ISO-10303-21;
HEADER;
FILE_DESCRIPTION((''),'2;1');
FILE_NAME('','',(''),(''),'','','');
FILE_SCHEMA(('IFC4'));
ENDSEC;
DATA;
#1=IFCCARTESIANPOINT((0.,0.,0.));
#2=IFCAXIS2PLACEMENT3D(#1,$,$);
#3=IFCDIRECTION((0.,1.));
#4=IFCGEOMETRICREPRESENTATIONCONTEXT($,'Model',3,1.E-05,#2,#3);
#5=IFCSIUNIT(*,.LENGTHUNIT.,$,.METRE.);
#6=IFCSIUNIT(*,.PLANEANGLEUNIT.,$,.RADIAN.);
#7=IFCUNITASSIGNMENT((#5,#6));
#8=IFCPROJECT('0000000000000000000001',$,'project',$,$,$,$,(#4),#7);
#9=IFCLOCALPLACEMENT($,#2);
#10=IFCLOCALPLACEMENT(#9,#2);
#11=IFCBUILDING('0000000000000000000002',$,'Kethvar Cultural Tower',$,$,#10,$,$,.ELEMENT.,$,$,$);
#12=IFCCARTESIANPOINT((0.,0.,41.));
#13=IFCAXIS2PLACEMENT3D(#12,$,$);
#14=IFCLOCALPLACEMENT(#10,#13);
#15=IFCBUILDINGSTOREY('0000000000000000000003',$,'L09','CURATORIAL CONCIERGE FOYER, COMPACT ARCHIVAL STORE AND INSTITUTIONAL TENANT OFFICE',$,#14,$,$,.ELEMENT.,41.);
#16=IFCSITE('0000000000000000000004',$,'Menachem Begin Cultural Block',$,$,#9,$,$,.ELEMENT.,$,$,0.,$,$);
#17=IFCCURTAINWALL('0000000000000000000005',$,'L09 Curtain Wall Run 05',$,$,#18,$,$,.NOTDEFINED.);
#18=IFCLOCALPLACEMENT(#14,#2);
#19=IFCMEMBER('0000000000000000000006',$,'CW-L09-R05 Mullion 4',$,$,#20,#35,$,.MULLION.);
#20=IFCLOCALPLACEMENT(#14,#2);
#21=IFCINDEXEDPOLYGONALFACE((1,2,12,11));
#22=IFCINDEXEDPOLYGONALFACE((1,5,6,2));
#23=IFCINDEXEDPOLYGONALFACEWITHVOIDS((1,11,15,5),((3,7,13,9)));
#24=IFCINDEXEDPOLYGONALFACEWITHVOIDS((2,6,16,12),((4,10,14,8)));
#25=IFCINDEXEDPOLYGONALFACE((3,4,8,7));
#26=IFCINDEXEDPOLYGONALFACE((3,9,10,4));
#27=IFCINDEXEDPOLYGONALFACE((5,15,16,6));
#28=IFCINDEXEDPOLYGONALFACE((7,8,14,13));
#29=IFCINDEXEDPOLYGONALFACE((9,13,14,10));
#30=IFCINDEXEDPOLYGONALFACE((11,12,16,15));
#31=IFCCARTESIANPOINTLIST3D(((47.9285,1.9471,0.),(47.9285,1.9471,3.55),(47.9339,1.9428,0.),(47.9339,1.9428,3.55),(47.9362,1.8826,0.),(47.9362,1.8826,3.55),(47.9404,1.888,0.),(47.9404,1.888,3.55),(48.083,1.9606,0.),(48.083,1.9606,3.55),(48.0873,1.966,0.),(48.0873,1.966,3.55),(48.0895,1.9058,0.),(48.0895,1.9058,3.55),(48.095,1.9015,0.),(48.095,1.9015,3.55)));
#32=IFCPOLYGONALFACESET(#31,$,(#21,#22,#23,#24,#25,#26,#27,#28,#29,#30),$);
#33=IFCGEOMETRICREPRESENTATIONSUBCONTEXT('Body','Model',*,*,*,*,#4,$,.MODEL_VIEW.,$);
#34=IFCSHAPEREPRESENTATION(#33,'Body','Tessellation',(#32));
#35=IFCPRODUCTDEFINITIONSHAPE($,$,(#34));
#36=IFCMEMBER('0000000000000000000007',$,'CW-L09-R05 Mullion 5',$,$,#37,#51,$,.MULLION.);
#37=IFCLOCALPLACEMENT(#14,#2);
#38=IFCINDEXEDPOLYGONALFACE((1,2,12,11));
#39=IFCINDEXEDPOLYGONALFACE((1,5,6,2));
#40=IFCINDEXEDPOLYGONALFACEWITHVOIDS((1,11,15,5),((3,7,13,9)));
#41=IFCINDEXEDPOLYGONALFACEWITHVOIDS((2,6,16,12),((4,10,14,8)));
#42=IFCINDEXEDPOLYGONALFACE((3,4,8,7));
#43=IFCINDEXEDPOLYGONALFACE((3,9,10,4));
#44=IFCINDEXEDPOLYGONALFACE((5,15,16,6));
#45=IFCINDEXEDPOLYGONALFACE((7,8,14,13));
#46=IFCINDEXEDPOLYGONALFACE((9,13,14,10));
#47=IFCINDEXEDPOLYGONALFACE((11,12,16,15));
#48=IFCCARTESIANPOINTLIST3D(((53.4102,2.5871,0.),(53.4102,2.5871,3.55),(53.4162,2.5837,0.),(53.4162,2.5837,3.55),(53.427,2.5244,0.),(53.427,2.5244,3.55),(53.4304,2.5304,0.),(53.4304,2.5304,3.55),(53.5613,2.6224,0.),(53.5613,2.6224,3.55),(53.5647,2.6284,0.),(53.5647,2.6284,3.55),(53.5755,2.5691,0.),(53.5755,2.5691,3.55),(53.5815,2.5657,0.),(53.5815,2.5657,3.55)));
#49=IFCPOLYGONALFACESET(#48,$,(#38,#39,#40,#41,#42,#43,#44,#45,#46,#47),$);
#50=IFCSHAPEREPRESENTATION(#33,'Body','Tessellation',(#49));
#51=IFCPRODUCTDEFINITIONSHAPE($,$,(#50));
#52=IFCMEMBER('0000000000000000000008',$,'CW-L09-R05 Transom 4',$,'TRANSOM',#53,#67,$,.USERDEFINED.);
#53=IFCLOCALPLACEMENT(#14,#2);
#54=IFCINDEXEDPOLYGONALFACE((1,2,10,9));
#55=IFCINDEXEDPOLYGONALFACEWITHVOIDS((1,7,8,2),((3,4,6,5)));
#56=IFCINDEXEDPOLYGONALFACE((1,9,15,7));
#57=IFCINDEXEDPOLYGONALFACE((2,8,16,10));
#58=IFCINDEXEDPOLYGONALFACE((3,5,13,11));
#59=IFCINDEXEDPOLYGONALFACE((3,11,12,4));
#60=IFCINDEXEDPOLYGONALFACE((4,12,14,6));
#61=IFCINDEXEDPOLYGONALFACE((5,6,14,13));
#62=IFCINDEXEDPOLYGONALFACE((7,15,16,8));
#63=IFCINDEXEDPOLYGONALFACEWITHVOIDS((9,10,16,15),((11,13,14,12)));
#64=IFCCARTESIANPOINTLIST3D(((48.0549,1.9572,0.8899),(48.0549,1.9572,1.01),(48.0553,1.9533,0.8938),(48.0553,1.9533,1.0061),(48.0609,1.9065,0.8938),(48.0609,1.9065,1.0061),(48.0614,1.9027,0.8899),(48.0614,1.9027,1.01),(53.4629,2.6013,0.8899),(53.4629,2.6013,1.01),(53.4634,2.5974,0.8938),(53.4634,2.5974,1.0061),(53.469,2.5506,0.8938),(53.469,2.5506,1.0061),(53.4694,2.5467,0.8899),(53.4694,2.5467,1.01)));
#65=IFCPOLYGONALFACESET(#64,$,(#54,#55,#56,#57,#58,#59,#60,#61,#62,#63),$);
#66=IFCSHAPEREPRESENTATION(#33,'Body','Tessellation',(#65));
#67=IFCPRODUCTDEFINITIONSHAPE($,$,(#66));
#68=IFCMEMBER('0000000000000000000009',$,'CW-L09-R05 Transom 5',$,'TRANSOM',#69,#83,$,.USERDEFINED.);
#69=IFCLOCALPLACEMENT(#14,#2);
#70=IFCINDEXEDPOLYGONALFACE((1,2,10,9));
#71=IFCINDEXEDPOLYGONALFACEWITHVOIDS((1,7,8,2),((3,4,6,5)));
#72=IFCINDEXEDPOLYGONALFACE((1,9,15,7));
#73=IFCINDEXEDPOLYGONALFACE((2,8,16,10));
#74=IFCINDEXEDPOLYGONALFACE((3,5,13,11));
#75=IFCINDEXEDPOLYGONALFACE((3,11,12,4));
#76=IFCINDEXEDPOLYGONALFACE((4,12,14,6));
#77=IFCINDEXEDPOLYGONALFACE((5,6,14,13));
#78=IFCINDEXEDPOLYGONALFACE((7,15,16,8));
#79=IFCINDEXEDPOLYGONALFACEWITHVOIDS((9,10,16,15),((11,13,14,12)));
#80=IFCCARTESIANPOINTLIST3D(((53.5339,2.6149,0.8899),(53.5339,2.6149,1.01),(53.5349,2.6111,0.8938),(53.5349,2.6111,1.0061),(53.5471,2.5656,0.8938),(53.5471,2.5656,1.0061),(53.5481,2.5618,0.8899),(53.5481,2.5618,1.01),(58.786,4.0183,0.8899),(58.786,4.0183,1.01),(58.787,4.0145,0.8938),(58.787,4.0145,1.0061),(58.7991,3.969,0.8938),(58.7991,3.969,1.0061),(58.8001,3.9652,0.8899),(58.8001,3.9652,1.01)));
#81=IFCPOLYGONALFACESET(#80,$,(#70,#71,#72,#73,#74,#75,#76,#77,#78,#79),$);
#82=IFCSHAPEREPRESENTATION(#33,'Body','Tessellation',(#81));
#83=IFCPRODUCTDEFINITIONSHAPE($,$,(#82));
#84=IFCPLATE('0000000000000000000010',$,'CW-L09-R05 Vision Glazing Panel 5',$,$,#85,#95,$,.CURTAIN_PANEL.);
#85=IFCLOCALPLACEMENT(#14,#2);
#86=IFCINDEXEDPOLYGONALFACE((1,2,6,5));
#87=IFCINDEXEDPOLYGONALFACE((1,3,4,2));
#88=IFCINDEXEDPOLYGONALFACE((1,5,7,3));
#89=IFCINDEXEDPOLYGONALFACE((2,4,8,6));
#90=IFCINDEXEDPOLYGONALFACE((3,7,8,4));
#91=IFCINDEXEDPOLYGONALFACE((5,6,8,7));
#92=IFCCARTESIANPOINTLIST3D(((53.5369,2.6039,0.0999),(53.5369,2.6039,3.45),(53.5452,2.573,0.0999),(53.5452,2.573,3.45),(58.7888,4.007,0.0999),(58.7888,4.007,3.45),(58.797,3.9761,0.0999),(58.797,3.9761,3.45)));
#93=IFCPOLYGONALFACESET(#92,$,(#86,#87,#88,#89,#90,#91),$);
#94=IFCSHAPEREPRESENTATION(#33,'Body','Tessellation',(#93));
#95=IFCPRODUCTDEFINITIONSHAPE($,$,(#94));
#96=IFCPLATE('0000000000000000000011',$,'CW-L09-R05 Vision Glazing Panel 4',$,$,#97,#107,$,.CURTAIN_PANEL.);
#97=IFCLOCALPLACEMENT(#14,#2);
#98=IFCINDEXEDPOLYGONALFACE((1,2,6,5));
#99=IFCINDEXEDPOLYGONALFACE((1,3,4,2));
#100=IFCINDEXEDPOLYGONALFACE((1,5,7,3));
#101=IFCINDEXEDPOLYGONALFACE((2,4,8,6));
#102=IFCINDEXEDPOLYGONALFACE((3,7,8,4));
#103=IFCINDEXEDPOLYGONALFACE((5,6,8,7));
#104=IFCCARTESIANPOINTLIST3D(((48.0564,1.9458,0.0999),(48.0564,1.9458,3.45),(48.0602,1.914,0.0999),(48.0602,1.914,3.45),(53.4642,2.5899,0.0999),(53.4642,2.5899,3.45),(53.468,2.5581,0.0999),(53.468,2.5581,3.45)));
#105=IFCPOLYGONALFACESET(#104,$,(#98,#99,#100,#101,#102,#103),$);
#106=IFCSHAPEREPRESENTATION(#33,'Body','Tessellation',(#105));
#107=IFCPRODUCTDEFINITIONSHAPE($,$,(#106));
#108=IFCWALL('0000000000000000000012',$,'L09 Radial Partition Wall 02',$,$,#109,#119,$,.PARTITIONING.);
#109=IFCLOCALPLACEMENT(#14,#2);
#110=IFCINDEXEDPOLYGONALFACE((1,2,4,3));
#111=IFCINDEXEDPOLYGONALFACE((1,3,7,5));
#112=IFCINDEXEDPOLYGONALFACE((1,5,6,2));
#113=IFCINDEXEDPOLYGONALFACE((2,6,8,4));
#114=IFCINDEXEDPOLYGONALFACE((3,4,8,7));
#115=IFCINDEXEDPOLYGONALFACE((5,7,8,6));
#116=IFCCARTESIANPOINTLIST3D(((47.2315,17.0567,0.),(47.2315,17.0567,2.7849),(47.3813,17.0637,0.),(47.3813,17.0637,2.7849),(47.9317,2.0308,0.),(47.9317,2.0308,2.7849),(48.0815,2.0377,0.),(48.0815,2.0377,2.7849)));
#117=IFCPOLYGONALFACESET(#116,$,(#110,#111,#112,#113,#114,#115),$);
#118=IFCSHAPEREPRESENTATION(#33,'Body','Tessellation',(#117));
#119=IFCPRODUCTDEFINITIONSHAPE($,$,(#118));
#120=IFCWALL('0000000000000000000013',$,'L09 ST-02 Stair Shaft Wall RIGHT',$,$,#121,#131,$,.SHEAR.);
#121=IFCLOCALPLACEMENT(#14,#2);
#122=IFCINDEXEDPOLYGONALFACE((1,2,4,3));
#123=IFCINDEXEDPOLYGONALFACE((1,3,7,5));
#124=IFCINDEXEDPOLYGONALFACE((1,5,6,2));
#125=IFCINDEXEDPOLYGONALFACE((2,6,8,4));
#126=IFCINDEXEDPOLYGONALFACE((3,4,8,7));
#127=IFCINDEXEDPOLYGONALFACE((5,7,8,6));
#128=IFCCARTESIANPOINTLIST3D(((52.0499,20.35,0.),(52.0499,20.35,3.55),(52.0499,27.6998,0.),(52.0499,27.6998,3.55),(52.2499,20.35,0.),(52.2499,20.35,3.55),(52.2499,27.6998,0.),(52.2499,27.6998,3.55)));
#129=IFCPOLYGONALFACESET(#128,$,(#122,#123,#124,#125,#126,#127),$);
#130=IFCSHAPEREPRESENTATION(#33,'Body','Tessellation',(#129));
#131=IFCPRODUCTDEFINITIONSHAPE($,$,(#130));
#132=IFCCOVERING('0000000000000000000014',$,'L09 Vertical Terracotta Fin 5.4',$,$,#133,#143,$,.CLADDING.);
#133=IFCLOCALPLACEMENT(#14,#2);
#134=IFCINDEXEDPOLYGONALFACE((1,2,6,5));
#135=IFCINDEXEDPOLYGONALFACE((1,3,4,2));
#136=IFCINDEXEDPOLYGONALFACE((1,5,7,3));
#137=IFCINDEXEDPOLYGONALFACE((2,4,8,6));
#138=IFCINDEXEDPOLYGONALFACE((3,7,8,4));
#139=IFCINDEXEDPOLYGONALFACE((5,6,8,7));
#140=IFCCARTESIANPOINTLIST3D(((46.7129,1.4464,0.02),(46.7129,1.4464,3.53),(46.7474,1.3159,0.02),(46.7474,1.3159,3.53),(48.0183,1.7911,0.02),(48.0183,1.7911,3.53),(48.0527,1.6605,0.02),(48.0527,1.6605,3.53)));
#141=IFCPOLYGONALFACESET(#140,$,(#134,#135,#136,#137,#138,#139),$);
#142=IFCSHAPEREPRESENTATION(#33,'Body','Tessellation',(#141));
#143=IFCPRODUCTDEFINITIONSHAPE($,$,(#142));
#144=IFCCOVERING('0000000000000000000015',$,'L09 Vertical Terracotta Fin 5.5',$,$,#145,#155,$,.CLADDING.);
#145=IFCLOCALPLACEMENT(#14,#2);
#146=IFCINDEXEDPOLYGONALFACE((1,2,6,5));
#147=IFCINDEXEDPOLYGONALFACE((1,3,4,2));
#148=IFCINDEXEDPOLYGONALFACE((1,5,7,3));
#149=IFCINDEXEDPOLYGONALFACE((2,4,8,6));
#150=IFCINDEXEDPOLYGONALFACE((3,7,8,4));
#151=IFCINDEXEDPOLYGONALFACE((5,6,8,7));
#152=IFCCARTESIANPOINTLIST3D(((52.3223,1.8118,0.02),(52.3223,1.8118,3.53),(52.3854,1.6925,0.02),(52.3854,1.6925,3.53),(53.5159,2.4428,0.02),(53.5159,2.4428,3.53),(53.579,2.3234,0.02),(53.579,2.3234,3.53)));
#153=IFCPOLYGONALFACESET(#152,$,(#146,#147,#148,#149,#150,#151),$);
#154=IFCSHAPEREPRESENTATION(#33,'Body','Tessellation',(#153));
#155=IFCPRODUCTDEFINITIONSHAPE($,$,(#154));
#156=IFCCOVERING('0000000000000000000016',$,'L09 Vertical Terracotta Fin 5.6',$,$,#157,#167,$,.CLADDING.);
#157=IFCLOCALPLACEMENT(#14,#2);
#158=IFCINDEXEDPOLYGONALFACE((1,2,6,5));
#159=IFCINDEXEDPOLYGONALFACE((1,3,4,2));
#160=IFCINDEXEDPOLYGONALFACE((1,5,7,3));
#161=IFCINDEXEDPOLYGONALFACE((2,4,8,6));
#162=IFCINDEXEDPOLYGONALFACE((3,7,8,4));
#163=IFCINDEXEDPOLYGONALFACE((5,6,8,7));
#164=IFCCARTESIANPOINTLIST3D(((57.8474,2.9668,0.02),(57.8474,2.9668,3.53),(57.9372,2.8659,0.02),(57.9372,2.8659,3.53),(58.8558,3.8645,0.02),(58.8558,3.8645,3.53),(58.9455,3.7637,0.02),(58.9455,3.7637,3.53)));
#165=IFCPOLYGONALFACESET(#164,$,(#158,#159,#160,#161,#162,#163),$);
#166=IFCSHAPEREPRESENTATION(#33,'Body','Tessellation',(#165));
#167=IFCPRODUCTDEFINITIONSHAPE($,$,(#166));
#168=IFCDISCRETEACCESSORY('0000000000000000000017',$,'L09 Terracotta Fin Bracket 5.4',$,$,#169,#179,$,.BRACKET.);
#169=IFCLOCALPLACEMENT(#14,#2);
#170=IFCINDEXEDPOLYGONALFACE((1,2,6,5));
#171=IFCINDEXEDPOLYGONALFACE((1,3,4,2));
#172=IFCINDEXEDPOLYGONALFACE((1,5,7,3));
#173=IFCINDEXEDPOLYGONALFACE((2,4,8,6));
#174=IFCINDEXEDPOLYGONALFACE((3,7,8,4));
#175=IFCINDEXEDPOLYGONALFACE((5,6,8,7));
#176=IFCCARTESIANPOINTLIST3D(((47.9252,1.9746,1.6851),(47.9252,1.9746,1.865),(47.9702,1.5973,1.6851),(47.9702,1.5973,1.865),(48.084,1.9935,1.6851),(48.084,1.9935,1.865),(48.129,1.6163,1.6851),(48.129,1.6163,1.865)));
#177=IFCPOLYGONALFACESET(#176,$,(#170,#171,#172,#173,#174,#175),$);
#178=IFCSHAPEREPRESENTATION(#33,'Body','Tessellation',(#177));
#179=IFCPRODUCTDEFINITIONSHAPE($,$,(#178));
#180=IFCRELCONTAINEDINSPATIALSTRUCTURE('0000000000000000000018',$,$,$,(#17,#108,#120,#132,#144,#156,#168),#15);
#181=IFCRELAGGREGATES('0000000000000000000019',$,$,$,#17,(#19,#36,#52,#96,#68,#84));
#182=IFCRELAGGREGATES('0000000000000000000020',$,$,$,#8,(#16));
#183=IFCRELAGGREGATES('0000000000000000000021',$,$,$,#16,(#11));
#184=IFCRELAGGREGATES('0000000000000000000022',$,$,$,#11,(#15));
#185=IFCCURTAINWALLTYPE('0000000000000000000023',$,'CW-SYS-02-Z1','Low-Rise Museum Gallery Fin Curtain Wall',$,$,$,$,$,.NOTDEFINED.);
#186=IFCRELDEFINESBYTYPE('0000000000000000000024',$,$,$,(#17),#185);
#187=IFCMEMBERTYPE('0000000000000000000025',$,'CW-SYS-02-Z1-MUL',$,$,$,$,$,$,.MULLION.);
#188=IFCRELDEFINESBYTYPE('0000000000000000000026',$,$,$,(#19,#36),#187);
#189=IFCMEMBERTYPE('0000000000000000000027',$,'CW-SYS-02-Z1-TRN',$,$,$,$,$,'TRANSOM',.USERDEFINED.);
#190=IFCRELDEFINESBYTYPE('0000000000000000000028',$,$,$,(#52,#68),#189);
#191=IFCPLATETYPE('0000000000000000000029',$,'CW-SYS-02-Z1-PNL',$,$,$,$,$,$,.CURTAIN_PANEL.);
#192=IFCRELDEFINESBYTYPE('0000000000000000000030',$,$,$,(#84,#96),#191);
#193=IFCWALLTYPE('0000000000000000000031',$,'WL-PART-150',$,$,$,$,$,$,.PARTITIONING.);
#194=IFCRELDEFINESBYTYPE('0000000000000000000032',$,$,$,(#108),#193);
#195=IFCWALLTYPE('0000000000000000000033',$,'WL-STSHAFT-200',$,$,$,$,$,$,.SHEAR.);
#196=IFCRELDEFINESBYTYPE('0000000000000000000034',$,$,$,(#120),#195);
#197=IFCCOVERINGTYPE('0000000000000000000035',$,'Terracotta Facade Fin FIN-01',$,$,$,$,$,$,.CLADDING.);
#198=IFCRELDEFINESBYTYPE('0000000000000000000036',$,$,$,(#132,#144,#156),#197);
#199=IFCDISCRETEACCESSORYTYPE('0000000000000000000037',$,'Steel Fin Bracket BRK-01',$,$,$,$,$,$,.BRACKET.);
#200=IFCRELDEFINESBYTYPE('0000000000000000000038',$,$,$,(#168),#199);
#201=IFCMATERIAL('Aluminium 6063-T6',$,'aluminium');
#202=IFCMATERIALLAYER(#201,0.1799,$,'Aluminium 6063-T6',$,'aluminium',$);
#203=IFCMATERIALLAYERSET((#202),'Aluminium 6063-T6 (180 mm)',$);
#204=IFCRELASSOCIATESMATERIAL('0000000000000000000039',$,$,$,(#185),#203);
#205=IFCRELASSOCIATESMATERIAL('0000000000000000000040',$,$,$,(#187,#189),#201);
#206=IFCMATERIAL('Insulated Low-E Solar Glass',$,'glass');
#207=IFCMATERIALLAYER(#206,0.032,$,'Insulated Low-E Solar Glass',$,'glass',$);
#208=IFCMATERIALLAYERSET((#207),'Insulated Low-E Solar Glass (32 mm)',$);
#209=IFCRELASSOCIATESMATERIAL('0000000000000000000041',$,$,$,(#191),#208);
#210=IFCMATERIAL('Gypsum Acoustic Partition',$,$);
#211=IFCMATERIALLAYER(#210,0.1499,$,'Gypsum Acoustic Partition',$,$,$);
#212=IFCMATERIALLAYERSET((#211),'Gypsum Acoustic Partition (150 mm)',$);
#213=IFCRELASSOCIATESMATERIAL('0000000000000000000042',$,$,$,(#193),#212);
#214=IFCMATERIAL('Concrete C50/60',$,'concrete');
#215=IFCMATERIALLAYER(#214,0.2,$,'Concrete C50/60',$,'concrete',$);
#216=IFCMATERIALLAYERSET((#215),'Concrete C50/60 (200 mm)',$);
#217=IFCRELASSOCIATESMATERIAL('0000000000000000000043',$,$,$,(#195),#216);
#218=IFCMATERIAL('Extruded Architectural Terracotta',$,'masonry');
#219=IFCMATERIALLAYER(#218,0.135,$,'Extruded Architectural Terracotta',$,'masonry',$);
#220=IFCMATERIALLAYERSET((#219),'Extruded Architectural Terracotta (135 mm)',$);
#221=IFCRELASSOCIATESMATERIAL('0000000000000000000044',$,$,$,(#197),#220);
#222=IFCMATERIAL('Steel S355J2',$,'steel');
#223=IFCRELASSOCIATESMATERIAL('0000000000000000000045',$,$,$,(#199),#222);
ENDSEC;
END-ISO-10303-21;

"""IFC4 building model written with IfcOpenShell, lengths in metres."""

from ifc_helpers import new_model, si_unit, direction, frame, frame_2d, origin, origin_2d, place, context, subcontext, project, spatial, rectangle, hollow_rectangle, extrude, source, transform, mapped, material, layer, layer_set, material_profile, profile_set, type_object, element, aggregate, save


model = new_model("IFC4")

# Units and contexts
model_context = context("Model", 3, precision=1e-05, world=origin(), true_north=direction((0.0, 1.0)))
body_context = subcontext(model_context, "Body", "Model", "MODEL_VIEW")
ifc_project = project(units=[si_unit("LENGTHUNIT", "METRE"), si_unit("PLANEANGLEUNIT", "RADIAN")], contexts=[model_context])

# Site, building, storey
site_placement = place(None, origin())
site = spatial("IfcSite", under=ifc_project, at=site_placement, Name="Menachem Begin Cultural Block", CompositionType="ELEMENT", RefElevation=0.0)
building_placement = place(site_placement, origin())
building = spatial("IfcBuilding", under=site, at=building_placement, Name="Kethvar Cultural Tower", CompositionType="ELEMENT")
storey_placement = place(building_placement, frame((0.0, 0.0, 41.0)))
storey = spatial("IfcBuildingStorey", under=building, at=storey_placement, Name="L09", Description="CURATORIAL CONCIERGE FOYER, COMPACT ARCHIVAL STORE AND INSTITUTIONAL TENANT OFFICE", CompositionType="ELEMENT", Elevation=41.0)

# Shared definitions
ifc_material_1 = material(Name="Steel S355J2", Category="steel")

# Curtain wall, members, plates
ifc_material_2 = material(Name="Aluminium 6063-T6", Category="aluminium")
ifc_layer_1 = layer(ifc_material_2, 0.1799, Name="Aluminium 6063-T6", Category="aluminium")
ifc_layer_set_1 = layer_set([ifc_layer_1], Name="Aluminium 6063-T6 (180 mm)")
curtain_wall_type = type_object("IfcCurtainWallType", Name="CW-SYS-02-Z1", Description="Low-Rise Museum Gallery Fin Curtain Wall", PredefinedType="NOTDEFINED", material=ifc_layer_set_1)
curtain_wall_placement = place(storey_placement, origin())
curtain_wall = element("IfcCurtainWall", 1, at=curtain_wall_placement, inside=storey, type_object=curtain_wall_type, Name="L09 Curtain Wall Run 05", PredefinedType="NOTDEFINED")
ifc_material_profile_1 = material_profile(ifc_material_2, hollow_rectangle(XDim=0.0649, YDim=0.1599, WallThickness=0.0049, at=origin_2d()), Name="Aluminium 6063-T6 — RHS160x65x5")
ifc_profile_set_1 = profile_set([ifc_material_profile_1], Name="Aluminium 6063-T6 — RHS160x65x5")
member_type_1 = type_object("IfcMemberType", Name="CW-SYS-02-Z1-MUL", PredefinedType="MULLION", material=ifc_profile_set_1)
shared_shape_1 = source(origin(), body_context, "Body", "SweptSolid", [
    extrude(hollow_rectangle(XDim=0.0649, YDim=0.1599, WallThickness=0.0049, at=origin_2d()), origin(), (0.0, 0.0, 1.0), 3.55),
])
member_1_placement = place(storey_placement, frame((48.0117, 1.9243, 0.0), z_axis=(0.0, 0.0, 1.0), x_axis=(-0.118265, 0.992982, 0.0)))
member_1 = element("IfcMember", 2, at=member_1_placement, type_object=member_type_1, Name="CW-L09-R05 Mullion 4", PredefinedType="MULLION", context=body_context, shape_type="MappedRepresentation", body=[
    mapped(shared_shape_1, transform((0.0, 0.0, 0.0), scale=1.0)),
])
member_2_placement = place(storey_placement, frame((53.4958, 2.5764, 0.0), z_axis=(0.0, 0.0, 1.0), x_axis=(-0.258111, 0.966115, 0.0)))
member_2 = element("IfcMember", 3, at=member_2_placement, type_object=member_type_1, Name="CW-L09-R05 Mullion 5", PredefinedType="MULLION", context=body_context, shape_type="MappedRepresentation", body=[
    mapped(shared_shape_1, transform((0.0, 0.0, 0.0), scale=1.0)),
])
ifc_material_profile_2 = material_profile(ifc_material_2, hollow_rectangle(XDim=0.0549, YDim=0.1201, WallThickness=0.0039, at=origin_2d()), Name="Aluminium 6063-T6 — RHS120x55x4")
ifc_profile_set_2 = profile_set([ifc_material_profile_2], Name="Aluminium 6063-T6 — RHS120x55x4")
member_type_2 = type_object("IfcMemberType", Name="CW-SYS-02-Z1-TRN", ElementType="TRANSOM", PredefinedType="USERDEFINED", material=ifc_profile_set_2)
shared_shape_2 = source(origin(), body_context, "Body", "SweptSolid", [
    extrude(hollow_rectangle(XDim=0.0549, YDim=0.1201, WallThickness=0.0039, at=origin_2d()), origin(), (0.0, 0.0, 1.0), 5.4463),
])
member_3_placement = place(storey_placement, frame((48.0581, 1.9299, 0.95), z_axis=(0.992983, 0.118256, 0.0), x_axis=(-0.118256, 0.992983, 0.0)))
member_3 = element("IfcMember", 4, at=member_3_placement, type_object=member_type_2, Name="CW-L09-R05 Transom 4", ObjectType="TRANSOM", PredefinedType="USERDEFINED", context=body_context, shape_type="MappedRepresentation", body=[
    mapped(shared_shape_2, transform((0.0, 0.0, 0.0), scale=1.0)),
])
shared_shape_3 = source(origin(), body_context, "Body", "SweptSolid", [
    extrude(hollow_rectangle(XDim=0.0549, YDim=0.1201, WallThickness=0.0039, at=origin_2d()), origin(), (0.0, 0.0, 1.0), 5.4363),
])
member_4_placement = place(storey_placement, frame((53.541, 2.5884, 0.95), z_axis=(0.966107, 0.258143, 0.0), x_axis=(-0.258143, 0.966107, 0.0)))
member_4 = element("IfcMember", 5, at=member_4_placement, type_object=member_type_2, Name="CW-L09-R05 Transom 5", ObjectType="TRANSOM", PredefinedType="USERDEFINED", context=body_context, shape_type="MappedRepresentation", body=[
    mapped(shared_shape_3, transform((0.0, 0.0, 0.0), scale=1.0)),
])
ifc_material_3 = material(Name="Insulated Low-E Solar Glass", Category="glass")
ifc_layer_2 = layer(ifc_material_3, 0.032, Name="Insulated Low-E Solar Glass", Category="glass")
ifc_layer_set_2 = layer_set([ifc_layer_2], Name="Insulated Low-E Solar Glass (32 mm)")
plate_type = type_object("IfcPlateType", Name="CW-SYS-02-Z1-PNL", PredefinedType="CURTAIN_PANEL", material=ifc_layer_set_2)
shared_shape_4 = source(origin(), body_context, "Body", "SweptSolid", [
    extrude(rectangle(XDim=5.436, YDim=0.032, at=origin_2d()), origin(), (0.0, 0.0, 1.0), 3.3501),
])
plate_1_placement = place(storey_placement, frame((56.167, 3.29, 0.0999), z_axis=(0.0, 0.0, 1.0), x_axis=(0.966115, 0.258111, 0.0)))
plate_1 = element("IfcPlate", 6, at=plate_1_placement, type_object=plate_type, Name="CW-L09-R05 Vision Glazing Panel 5", PredefinedType="CURTAIN_PANEL", context=body_context, shape_type="MappedRepresentation", body=[
    mapped(shared_shape_4, transform((0.0, 0.0, 0.0), scale=1.0)),
])
shared_shape_5 = source(origin(), body_context, "Body", "SweptSolid", [
    extrude(rectangle(XDim=5.446, YDim=0.032, at=origin_2d()), origin(), (0.0, 0.0, 1.0), 3.3501),
])
plate_2_placement = place(storey_placement, frame((50.7622, 2.252, 0.0999), z_axis=(0.0, 0.0, 1.0), x_axis=(0.992982, 0.118265, 0.0)))
plate_2 = element("IfcPlate", 7, at=plate_2_placement, type_object=plate_type, Name="CW-L09-R05 Vision Glazing Panel 4", PredefinedType="CURTAIN_PANEL", context=body_context, shape_type="MappedRepresentation", body=[
    mapped(shared_shape_5, transform((0.0, 0.0, 0.0), scale=1.0)),
])
aggregate(curtain_wall, [member_1, member_2, member_3, plate_2, member_4, plate_1])

# Walls
ifc_material_4 = material(Name="Gypsum Acoustic Partition")
ifc_layer_3 = layer(ifc_material_4, 0.1499, Name="Gypsum Acoustic Partition")
ifc_layer_set_3 = layer_set([ifc_layer_3], Name="Gypsum Acoustic Partition (150 mm)")
wall_type_1 = type_object("IfcWallType", Name="WL-PART-150", PredefinedType="PARTITIONING", material=ifc_layer_set_3)
wall_1_placement = place(storey_placement, frame((47.3064, 17.0601, 0.0), z_axis=(0.0, 0.0, 1.0), x_axis=(0.046549, -0.998916, 0.0)))
element("IfcWall", 8, at=wall_1_placement, inside=storey, type_object=wall_type_1, Name="L09 Radial Partition Wall 02", PredefinedType="PARTITIONING", context=body_context, shape_type="SweptSolid", body=[
    extrude(rectangle(XDim=15.0422, YDim=0.1499, at=frame_2d((7.521, 0.0))), origin(), (0.0, 0.0, 1.0), 2.7849),
])
ifc_material_5 = material(Name="Concrete C50/60", Category="concrete")
ifc_layer_4 = layer(ifc_material_5, 0.2, Name="Concrete C50/60", Category="concrete")
ifc_layer_set_4 = layer_set([ifc_layer_4], Name="Concrete C50/60 (200 mm)")
wall_type_2 = type_object("IfcWallType", Name="WL-STSHAFT-200", PredefinedType="SHEAR", material=ifc_layer_set_4)
wall_2_placement = place(storey_placement, frame((52.1499, 20.3501, 0.0), z_axis=(0.0, 0.0, 1.0), x_axis=(0.0, 1.0, 0.0)))
element("IfcWall", 9, at=wall_2_placement, inside=storey, type_object=wall_type_2, Name="L09 ST-02 Stair Shaft Wall RIGHT", PredefinedType="SHEAR", context=body_context, shape_type="SweptSolid", body=[
    extrude(rectangle(XDim=7.3499, YDim=0.2, at=frame_2d((3.6748, 0.0))), origin(), (0.0, 0.0, 1.0), 3.55),
])

# Coverings
ifc_material_6 = material(Name="Extruded Architectural Terracotta", Category="masonry")
ifc_layer_5 = layer(ifc_material_6, 0.135, Name="Extruded Architectural Terracotta", Category="masonry")
ifc_layer_set_5 = layer_set([ifc_layer_5], Name="Extruded Architectural Terracotta (135 mm)")
covering_type = type_object("IfcCoveringType", Name="Terracotta Facade Fin FIN-01", PredefinedType="CLADDING", material=ifc_layer_set_5)
shared_shape_6 = source(origin(), body_context, "Body", "SweptSolid", [
    extrude(rectangle(XDim=1.3501, YDim=0.135, at=origin_2d()), origin(), (0.0, 0.0, 1.0), 3.51),
])
for number, where, z_axis, x_axis, name in (
    (10, (47.3828, 1.5535, 0.02), (0.0, 0.0, 1.0), (-0.966868, -0.255277, 0.0), "L09 Vertical Terracotta Fin 5.4"),
    (11, (52.9507, 2.0676, 0.02), (0.0, 0.0, 1.0), (-0.884092, -0.467313, 0.0), "L09 Vertical Terracotta Fin 5.5"),
    (12, (58.3965, 3.3652, 0.02), (0.0, 0.0, 1.0), (-0.74687, -0.66497, 0.0), "L09 Vertical Terracotta Fin 5.6"),
):
    element("IfcCovering", number, at=place(storey_placement, frame(where, z_axis=z_axis, x_axis=x_axis)), inside=storey, type_object=covering_type, Name=name, PredefinedType="CLADDING", context=body_context, shape_type="MappedRepresentation", body=[
        mapped(shared_shape_6, transform((0.0, 0.0, 0.0), scale=1.0)),
    ])

# Discrete accessory
discrete_accessory_type = type_object("IfcDiscreteAccessoryType", Name="Steel Fin Bracket BRK-01", PredefinedType="BRACKET", material=ifc_material_1)
shared_shape_7 = source(origin(), body_context, "Body", "SweptSolid", [
    extrude(rectangle(XDim=0.3799, YDim=0.1599, at=origin_2d()), origin(), (0.0, 0.0, 1.0), 0.1799),
])
for number, where, z_axis, x_axis, name in (
    (13, (48.0271, 1.7954, 1.6851), (0.0, 0.0, 1.0), (0.118231, -0.992986, 0.0), "L09 Terracotta Fin Bracket 5.4"),
):
    element("IfcDiscreteAccessory", number, at=place(storey_placement, frame(where, z_axis=z_axis, x_axis=x_axis)), inside=storey, type_object=discrete_accessory_type, Name=name, PredefinedType="BRACKET", context=body_context, shape_type="MappedRepresentation", body=[
        mapped(shared_shape_7, transform((0.0, 0.0, 0.0), scale=1.0)),
    ])

save(model, "model.ifc")
